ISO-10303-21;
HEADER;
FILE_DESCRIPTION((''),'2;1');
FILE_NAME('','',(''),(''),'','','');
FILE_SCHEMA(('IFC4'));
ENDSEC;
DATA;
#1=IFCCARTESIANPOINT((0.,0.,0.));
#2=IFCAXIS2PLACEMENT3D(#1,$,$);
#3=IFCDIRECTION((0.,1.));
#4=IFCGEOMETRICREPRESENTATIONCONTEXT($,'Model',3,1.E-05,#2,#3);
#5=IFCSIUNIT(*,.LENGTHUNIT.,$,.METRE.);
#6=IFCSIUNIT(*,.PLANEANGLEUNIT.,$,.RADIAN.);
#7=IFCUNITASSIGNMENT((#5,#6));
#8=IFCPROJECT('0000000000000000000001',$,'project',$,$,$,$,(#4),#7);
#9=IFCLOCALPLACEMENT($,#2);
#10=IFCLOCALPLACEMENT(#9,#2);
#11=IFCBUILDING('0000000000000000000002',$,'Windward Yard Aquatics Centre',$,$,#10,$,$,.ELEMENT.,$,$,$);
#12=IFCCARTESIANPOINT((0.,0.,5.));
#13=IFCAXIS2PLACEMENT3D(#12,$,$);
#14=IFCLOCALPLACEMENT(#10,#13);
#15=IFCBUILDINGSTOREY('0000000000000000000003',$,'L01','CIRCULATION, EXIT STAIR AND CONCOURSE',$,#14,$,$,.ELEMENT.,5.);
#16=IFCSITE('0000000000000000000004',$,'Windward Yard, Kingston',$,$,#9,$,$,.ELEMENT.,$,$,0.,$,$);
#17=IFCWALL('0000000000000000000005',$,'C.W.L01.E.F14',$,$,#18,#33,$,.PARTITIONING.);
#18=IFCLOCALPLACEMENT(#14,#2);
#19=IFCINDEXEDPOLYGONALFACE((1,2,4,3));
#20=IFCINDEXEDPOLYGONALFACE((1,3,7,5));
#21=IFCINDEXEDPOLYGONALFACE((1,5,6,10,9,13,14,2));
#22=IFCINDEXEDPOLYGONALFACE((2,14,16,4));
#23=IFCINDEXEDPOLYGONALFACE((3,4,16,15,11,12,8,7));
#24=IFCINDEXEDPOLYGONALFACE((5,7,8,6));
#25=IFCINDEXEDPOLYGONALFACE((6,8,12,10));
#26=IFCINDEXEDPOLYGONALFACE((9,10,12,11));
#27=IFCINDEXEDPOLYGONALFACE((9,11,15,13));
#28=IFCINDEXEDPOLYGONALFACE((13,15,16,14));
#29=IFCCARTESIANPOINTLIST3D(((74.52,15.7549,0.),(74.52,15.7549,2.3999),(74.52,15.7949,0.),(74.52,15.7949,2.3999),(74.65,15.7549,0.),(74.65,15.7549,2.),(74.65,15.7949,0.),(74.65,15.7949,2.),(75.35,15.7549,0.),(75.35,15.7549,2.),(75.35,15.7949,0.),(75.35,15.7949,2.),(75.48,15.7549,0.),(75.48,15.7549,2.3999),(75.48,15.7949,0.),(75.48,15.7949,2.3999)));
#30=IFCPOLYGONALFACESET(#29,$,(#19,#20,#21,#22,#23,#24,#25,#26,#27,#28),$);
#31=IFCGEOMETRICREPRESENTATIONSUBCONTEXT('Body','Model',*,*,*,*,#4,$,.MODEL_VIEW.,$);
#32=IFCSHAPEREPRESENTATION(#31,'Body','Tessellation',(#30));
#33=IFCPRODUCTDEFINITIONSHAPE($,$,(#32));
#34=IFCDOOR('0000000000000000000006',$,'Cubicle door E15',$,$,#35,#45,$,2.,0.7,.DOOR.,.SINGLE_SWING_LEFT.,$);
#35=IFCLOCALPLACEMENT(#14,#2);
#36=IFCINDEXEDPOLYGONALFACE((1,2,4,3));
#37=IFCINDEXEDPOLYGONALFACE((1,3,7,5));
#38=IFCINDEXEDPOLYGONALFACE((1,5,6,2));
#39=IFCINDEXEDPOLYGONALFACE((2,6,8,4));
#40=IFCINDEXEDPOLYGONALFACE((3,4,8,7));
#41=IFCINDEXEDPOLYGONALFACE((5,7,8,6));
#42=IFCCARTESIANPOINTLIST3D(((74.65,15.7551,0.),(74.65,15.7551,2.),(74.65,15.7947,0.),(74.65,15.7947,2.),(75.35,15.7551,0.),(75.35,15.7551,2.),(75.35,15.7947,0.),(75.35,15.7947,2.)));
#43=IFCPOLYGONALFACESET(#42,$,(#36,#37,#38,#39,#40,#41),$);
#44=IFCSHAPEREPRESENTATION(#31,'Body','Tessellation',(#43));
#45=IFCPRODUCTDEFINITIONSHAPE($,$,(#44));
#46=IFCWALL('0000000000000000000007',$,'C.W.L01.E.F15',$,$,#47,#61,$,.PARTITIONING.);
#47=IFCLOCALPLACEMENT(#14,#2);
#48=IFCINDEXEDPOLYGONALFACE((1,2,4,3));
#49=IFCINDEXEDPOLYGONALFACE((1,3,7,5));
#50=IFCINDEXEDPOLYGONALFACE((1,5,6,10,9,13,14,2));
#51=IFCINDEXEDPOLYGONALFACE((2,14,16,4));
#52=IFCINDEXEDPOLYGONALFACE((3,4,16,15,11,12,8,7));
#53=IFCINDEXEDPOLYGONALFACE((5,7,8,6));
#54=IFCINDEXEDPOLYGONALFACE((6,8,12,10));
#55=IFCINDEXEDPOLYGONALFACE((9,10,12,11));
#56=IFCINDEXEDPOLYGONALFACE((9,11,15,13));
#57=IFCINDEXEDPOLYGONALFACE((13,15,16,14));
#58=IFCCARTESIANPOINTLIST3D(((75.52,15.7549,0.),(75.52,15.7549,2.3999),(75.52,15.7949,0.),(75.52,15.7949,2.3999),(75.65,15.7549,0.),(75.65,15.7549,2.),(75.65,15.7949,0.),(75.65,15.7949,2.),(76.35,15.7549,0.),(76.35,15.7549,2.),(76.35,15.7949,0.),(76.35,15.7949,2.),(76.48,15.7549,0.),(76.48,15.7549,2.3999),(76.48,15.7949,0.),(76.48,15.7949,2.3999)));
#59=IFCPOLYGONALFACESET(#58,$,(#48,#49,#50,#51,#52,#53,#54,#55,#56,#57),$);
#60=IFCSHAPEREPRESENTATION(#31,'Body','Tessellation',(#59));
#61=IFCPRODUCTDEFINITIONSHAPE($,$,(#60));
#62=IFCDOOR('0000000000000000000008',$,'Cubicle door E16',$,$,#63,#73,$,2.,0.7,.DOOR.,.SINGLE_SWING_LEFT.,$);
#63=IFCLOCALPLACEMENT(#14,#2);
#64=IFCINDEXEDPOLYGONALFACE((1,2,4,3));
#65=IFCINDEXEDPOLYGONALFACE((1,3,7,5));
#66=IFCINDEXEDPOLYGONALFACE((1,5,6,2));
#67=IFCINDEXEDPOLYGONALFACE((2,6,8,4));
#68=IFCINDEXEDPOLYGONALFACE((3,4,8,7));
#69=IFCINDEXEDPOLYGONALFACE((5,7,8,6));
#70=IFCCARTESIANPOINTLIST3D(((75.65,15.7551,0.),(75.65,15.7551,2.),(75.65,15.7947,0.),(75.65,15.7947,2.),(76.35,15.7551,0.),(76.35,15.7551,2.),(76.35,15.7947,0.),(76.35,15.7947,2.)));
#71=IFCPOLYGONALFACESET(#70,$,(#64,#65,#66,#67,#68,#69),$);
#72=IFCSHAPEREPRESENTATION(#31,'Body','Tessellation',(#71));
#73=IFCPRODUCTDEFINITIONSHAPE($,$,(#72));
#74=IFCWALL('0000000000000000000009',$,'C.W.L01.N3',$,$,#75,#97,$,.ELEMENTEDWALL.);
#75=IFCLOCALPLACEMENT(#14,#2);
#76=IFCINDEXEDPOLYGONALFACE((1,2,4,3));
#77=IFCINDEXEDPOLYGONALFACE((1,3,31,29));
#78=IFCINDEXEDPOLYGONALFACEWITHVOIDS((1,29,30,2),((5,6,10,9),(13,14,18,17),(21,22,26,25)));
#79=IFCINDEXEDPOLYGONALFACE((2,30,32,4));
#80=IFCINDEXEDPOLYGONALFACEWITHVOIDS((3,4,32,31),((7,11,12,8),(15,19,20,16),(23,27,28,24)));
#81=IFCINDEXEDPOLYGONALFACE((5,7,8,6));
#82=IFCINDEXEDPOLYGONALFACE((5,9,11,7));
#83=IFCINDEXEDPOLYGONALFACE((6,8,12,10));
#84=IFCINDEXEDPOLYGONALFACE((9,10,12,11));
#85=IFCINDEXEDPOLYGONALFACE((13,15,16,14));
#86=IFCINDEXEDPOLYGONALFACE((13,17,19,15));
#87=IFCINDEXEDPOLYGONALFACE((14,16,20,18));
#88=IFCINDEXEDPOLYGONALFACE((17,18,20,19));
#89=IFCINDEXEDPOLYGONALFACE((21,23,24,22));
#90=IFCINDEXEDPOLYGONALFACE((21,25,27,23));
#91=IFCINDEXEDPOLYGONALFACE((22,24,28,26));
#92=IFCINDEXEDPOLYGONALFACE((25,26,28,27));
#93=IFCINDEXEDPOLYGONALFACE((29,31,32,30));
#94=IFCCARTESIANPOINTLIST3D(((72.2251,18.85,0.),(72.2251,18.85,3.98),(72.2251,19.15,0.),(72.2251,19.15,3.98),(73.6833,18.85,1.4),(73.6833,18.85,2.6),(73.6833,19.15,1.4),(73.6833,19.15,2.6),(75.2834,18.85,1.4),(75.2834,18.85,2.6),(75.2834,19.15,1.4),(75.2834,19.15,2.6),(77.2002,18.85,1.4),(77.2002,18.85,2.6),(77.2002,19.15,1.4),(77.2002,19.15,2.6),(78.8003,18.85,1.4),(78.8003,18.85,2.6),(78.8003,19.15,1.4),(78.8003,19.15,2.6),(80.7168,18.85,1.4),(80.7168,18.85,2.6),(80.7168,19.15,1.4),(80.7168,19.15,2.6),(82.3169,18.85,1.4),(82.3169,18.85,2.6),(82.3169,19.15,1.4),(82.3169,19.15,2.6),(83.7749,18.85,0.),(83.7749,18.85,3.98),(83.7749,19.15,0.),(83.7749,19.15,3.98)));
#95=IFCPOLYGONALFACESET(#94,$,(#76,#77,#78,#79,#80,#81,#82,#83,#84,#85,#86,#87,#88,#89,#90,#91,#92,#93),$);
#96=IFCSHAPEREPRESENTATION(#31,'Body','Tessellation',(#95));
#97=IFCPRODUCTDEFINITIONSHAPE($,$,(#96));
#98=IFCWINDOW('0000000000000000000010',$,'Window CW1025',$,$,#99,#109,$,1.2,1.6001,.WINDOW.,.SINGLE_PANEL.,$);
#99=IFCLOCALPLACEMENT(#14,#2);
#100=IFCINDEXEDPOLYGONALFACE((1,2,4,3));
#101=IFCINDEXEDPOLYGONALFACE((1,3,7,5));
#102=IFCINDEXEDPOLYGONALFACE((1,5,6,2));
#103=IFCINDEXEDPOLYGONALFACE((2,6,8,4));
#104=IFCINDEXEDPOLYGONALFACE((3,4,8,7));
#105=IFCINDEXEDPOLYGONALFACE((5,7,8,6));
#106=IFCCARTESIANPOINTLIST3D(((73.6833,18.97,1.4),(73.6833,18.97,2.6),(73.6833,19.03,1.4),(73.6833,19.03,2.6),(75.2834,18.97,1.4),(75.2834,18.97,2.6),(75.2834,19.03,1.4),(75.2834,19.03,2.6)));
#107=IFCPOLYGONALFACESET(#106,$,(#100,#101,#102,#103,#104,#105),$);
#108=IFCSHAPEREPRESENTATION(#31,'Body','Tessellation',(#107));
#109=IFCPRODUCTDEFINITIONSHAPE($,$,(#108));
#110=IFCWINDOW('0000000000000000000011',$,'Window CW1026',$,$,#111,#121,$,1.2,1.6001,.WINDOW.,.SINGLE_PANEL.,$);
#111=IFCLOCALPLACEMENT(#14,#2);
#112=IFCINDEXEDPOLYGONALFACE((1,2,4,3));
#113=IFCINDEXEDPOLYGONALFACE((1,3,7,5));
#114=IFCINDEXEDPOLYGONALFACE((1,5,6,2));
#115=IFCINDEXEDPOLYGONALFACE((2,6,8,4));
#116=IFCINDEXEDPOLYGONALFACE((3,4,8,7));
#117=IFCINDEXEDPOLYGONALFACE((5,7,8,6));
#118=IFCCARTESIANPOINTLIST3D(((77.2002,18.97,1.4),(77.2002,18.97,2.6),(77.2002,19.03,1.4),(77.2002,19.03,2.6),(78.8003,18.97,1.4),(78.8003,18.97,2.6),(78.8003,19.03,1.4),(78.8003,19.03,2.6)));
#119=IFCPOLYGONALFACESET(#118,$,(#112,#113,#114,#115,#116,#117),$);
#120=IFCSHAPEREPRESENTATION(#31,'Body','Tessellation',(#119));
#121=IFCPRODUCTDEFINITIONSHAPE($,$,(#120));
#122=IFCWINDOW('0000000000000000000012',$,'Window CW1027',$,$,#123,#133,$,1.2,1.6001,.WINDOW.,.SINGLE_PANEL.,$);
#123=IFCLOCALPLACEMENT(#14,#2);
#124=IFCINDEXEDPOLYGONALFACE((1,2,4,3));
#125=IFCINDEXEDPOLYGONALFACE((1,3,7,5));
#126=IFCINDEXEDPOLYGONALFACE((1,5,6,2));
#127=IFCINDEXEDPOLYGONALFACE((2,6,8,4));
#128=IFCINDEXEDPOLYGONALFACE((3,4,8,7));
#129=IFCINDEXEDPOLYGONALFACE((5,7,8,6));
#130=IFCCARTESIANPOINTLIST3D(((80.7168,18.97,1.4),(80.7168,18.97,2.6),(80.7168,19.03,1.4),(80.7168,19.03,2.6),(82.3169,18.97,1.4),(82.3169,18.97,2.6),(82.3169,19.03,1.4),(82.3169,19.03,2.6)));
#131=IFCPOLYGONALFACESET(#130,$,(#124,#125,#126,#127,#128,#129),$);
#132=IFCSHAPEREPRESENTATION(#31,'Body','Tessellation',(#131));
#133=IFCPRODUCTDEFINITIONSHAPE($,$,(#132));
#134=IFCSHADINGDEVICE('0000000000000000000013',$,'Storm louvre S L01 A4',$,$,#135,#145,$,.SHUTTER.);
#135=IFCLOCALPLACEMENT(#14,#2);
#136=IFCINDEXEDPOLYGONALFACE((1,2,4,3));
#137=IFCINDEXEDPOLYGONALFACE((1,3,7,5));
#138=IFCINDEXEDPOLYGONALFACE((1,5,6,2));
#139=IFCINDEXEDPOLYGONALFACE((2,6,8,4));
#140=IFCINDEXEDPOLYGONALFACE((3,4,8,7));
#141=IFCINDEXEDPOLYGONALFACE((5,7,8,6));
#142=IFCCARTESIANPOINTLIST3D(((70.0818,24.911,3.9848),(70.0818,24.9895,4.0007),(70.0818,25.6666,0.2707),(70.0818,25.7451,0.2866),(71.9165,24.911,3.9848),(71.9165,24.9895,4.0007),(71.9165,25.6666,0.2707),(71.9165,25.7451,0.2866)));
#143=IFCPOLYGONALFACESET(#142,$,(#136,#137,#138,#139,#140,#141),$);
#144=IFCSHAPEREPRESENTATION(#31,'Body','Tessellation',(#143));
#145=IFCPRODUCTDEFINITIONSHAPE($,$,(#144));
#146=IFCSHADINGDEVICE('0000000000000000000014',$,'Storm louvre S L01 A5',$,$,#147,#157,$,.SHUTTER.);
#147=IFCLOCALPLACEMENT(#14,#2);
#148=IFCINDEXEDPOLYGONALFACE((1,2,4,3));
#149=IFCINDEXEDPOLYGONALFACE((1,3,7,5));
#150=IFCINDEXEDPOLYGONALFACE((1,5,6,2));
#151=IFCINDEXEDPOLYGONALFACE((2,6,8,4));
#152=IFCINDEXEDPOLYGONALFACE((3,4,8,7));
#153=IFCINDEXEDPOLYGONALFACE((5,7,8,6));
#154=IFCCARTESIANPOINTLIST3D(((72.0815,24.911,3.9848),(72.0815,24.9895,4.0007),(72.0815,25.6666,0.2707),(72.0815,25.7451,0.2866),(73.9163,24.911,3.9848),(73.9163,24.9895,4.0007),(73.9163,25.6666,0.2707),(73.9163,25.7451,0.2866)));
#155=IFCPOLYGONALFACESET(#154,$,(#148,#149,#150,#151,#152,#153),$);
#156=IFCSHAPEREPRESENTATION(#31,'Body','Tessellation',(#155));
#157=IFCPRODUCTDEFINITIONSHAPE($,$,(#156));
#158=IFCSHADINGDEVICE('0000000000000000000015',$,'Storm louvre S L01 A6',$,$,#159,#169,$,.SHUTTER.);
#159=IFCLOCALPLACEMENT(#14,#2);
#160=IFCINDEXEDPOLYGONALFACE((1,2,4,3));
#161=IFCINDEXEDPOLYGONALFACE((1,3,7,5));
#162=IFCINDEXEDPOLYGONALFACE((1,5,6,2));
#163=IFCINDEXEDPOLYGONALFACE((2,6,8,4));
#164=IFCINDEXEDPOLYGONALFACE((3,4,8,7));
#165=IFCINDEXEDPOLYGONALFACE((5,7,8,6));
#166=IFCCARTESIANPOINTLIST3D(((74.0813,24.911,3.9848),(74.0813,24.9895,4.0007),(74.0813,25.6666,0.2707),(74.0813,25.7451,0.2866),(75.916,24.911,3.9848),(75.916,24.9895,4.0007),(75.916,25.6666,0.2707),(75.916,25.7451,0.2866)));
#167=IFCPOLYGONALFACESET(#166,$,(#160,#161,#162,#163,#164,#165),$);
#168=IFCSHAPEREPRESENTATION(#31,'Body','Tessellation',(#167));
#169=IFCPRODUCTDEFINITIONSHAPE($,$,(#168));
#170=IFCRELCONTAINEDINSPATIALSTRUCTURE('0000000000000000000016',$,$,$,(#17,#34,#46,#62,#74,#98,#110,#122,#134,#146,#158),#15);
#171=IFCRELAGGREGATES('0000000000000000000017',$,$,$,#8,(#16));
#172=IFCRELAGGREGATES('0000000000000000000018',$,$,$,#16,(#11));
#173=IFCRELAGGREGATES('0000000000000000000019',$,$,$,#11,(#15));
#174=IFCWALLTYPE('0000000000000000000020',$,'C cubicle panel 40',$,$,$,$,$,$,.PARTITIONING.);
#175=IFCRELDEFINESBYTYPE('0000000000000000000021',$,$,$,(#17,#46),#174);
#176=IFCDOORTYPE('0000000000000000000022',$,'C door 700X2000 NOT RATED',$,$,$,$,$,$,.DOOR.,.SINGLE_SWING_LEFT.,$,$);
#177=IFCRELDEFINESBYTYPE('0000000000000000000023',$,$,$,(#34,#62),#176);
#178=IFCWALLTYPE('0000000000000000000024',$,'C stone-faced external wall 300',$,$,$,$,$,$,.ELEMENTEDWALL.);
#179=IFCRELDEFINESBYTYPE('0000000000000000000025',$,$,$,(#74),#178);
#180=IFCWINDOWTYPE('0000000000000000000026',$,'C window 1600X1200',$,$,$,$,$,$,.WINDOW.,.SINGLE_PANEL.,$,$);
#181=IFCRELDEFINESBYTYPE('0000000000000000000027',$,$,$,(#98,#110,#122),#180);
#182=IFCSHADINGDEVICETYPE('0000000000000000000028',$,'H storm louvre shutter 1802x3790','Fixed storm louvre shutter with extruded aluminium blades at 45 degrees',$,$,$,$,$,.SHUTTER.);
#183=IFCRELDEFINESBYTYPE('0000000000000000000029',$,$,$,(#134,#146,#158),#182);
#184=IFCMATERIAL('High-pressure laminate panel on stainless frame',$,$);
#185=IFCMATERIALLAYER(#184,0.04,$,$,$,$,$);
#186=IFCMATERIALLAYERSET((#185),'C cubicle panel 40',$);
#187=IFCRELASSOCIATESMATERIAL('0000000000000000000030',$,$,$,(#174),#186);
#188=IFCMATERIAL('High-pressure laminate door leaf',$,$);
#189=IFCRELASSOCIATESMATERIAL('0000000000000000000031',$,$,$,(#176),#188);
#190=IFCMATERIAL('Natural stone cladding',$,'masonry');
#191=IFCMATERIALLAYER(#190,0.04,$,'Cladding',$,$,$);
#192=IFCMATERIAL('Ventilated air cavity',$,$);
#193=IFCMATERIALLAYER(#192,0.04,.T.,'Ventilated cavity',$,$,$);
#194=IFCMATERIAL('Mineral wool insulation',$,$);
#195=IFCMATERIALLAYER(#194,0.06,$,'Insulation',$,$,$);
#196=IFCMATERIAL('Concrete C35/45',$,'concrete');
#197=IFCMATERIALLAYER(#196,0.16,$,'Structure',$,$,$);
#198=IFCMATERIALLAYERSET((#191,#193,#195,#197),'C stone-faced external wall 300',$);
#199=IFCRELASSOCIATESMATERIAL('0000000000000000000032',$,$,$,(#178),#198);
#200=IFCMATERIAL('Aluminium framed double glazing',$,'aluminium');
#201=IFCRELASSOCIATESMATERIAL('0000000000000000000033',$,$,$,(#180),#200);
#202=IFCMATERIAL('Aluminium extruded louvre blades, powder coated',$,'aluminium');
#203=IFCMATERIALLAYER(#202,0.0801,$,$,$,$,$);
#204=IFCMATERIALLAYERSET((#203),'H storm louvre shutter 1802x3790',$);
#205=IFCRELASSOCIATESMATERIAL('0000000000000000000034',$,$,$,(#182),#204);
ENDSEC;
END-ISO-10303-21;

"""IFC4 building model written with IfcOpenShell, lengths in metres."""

from ifc_helpers import new_model, si_unit, direction, frame, frame_2d, origin, place, context, subcontext, project, spatial, polyline, rectangle, outline, extrude, material, layer, layer_set, type_object, element, fill, save


model = new_model("IFC4")

# Units and contexts
model_context = context("Model", 3, precision=1e-05, world=origin(), true_north=direction((0.0, 1.0)))
body_context = subcontext(model_context, "Body", "Model", "MODEL_VIEW")
ifc_project = project(units=[si_unit("LENGTHUNIT", "METRE"), si_unit("PLANEANGLEUNIT", "RADIAN")], contexts=[model_context])

# Site, building, storey
site_placement = place(None, origin())
site = spatial("IfcSite", under=ifc_project, at=site_placement, Name="Windward Yard, Kingston", CompositionType="ELEMENT", RefElevation=0.0)
building_placement = place(site_placement, origin())
building = spatial("IfcBuilding", under=site, at=building_placement, Name="Windward Yard Aquatics Centre", CompositionType="ELEMENT")
storey_placement = place(building_placement, frame((0.0, 0.0, 5.0)))
storey = spatial("IfcBuildingStorey", under=building, at=storey_placement, Name="L01", Description="CIRCULATION, EXIT STAIR AND CONCOURSE", CompositionType="ELEMENT", Elevation=5.0)

# Shared definitions
ifc_material_1 = material(Name="Concrete C35/45", Category="concrete")

# Walls, openings, doors
ifc_material_2 = material(Name="High-pressure laminate panel on stainless frame")
ifc_layer_1 = layer(ifc_material_2, 0.04)
ifc_layer_set_1 = layer_set([ifc_layer_1], Name="C cubicle panel 40")
wall_type_1 = type_object("IfcWallType", Name="C cubicle panel 40", PredefinedType="PARTITIONING", material=ifc_layer_set_1)
ifc_material_3 = material(Name="High-pressure laminate door leaf")
door_type = type_object("IfcDoorType", Name="C door 700X2000 NOT RATED", OperationType="SINGLE_SWING_LEFT", PredefinedType="DOOR", material=ifc_material_3)
wall_1_placement = place(storey_placement, frame((74.52, 15.7749, 0.0), z_axis=(0.0, 0.0, 1.0), x_axis=(1.0, 0.0, 0.0)))
wall_1 = element("IfcWall", 1, at=wall_1_placement, inside=storey, type_object=wall_type_1, Name="C.W.L01.E.F14", PredefinedType="PARTITIONING", context=body_context, shape_type="SweptSolid", body=[
    extrude(rectangle(XDim=0.96, YDim=0.04, at=frame_2d((0.48, 0.0))), origin(), (0.0, 0.0, 1.0), 2.3999),
])
opening_1_placement = place(wall_1_placement, frame((0.1299, 0.0, 0.0)))
opening_1 = element("IfcOpeningElement", 2, at=opening_1_placement, cuts=wall_1, PredefinedType="OPENING", context=body_context, shape_type="SweptSolid", body=[
    extrude(rectangle(XDim=0.7, YDim=2.0, at=frame_2d((0.3501, 1.0))), frame((0.0, 0.03, 0.0), z_axis=(0.0, -1.0, 0.0), x_axis=(1.0, 0.0, 0.0)), (0.0, 0.0, 1.0), 0.0601),
])
door_1_placement = place(opening_1_placement, origin())
door_1 = element("IfcDoor", 3, at=door_1_placement, inside=storey, type_object=door_type, Name="Cubicle door E15", OperationType="SINGLE_SWING_LEFT", OverallHeight=2.0, OverallWidth=0.7, PredefinedType="DOOR", context=body_context, shape_type="SweptSolid", body=[
    extrude(rectangle(XDim=0.7, YDim=2.0, at=frame_2d((0.3501, 1.0))), frame((0.0, 0.0198, 0.0), z_axis=(0.0, -1.0, 0.0), x_axis=(1.0, 0.0, 0.0)), (0.0, 0.0, 1.0), 0.0396),
])
fill(opening_1, door_1)
wall_2_placement = place(storey_placement, frame((75.52, 15.7749, 0.0), z_axis=(0.0, 0.0, 1.0), x_axis=(1.0, 0.0, 0.0)))
wall_2 = element("IfcWall", 4, at=wall_2_placement, inside=storey, type_object=wall_type_1, Name="C.W.L01.E.F15", PredefinedType="PARTITIONING", context=body_context, shape_type="SweptSolid", body=[
    extrude(rectangle(XDim=0.96, YDim=0.04, at=frame_2d((0.48, 0.0))), origin(), (0.0, 0.0, 1.0), 2.3999),
])
opening_2_placement = place(wall_2_placement, frame((0.1299, 0.0, 0.0)))
opening_2 = element("IfcOpeningElement", 5, at=opening_2_placement, cuts=wall_2, PredefinedType="OPENING", context=body_context, shape_type="SweptSolid", body=[
    extrude(rectangle(XDim=0.7, YDim=2.0, at=frame_2d((0.3501, 1.0))), frame((0.0, 0.03, 0.0), z_axis=(0.0, -1.0, 0.0), x_axis=(1.0, 0.0, 0.0)), (0.0, 0.0, 1.0), 0.0601),
])
door_2_placement = place(opening_2_placement, origin())
door_2 = element("IfcDoor", 6, at=door_2_placement, inside=storey, type_object=door_type, Name="Cubicle door E16", OperationType="SINGLE_SWING_LEFT", OverallHeight=2.0, OverallWidth=0.7, PredefinedType="DOOR", context=body_context, shape_type="SweptSolid", body=[
    extrude(rectangle(XDim=0.7, YDim=2.0, at=frame_2d((0.3501, 1.0))), frame((0.0, 0.0198, 0.0), z_axis=(0.0, -1.0, 0.0), x_axis=(1.0, 0.0, 0.0)), (0.0, 0.0, 1.0), 0.0396),
])
fill(opening_2, door_2)

# Wall, openings, windows
ifc_material_4 = material(Name="Natural stone cladding", Category="masonry")
ifc_layer_2 = layer(ifc_material_4, 0.04, Name="Cladding")
ifc_material_5 = material(Name="Ventilated air cavity")
ifc_layer_3 = layer(ifc_material_5, 0.04, ventilated=True, Name="Ventilated cavity")
ifc_material_6 = material(Name="Mineral wool insulation")
ifc_layer_4 = layer(ifc_material_6, 0.06, Name="Insulation")
ifc_layer_5 = layer(ifc_material_1, 0.16, Name="Structure")
ifc_layer_set_2 = layer_set([ifc_layer_2, ifc_layer_3, ifc_layer_4, ifc_layer_5], Name="C stone-faced external wall 300")
wall_type_2 = type_object("IfcWallType", Name="C stone-faced external wall 300", PredefinedType="ELEMENTEDWALL", material=ifc_layer_set_2)
wall_3_placement = place(storey_placement, frame((72.2251, 19.0, 0.0), z_axis=(0.0, 0.0, 1.0), x_axis=(1.0, 0.0, 0.0)))
wall_3 = element("IfcWall", 7, at=wall_3_placement, inside=storey, type_object=wall_type_2, Name="C.W.L01.N3", PredefinedType="ELEMENTEDWALL", context=body_context, shape_type="SweptSolid", body=[
    extrude(rectangle(XDim=11.5498, YDim=0.3, at=frame_2d((5.7749, 0.0))), origin(), (0.0, 0.0, 1.0), 3.98),
])
opening_3_placement = place(wall_3_placement, frame((1.4583, 0.0, 1.3999)))
opening_3 = element("IfcOpeningElement", 8, at=opening_3_placement, cuts=wall_3, PredefinedType="OPENING", context=body_context, shape_type="SweptSolid", body=[
    extrude(rectangle(XDim=1.6001, YDim=1.2, at=frame_2d((0.8, 0.6001))), frame((0.0, 0.1602, 0.0), z_axis=(0.0, -1.0, 0.0), x_axis=(1.0, 0.0, 0.0)), (0.0, 0.0, 1.0), 0.3201),
])
opening_4_placement = place(wall_3_placement, frame((4.9751, 0.0, 1.3999)))
opening_4 = element("IfcOpeningElement", 9, at=opening_4_placement, cuts=wall_3, PredefinedType="OPENING", context=body_context, shape_type="SweptSolid", body=[
    extrude(rectangle(XDim=1.6001, YDim=1.2, at=frame_2d((0.8, 0.6001))), frame((0.0, 0.1602, 0.0), z_axis=(0.0, -1.0, 0.0), x_axis=(1.0, 0.0, 0.0)), (0.0, 0.0, 1.0), 0.3201),
])
opening_5_placement = place(wall_3_placement, frame((8.4917, 0.0, 1.3999)))
opening_5 = element("IfcOpeningElement", 10, at=opening_5_placement, cuts=wall_3, PredefinedType="OPENING", context=body_context, shape_type="SweptSolid", body=[
    extrude(rectangle(XDim=1.6001, YDim=1.2, at=frame_2d((0.8, 0.6001))), frame((0.0, 0.1602, 0.0), z_axis=(0.0, -1.0, 0.0), x_axis=(1.0, 0.0, 0.0)), (0.0, 0.0, 1.0), 0.3201),
])
ifc_material_7 = material(Name="Aluminium framed double glazing", Category="aluminium")
window_type = type_object("IfcWindowType", Name="C window 1600X1200", PartitioningType="SINGLE_PANEL", PredefinedType="WINDOW", material=ifc_material_7)
window_1_placement = place(opening_3_placement, origin())
window_1 = element("IfcWindow", 11, at=window_1_placement, inside=storey, type_object=window_type, Name="Window CW1025", OverallHeight=1.2, OverallWidth=1.6001, PartitioningType="SINGLE_PANEL", PredefinedType="WINDOW", context=body_context, shape_type="SweptSolid", body=[
    extrude(rectangle(XDim=1.6001, YDim=1.2, at=frame_2d((0.8, 0.6001))), frame((0.0, 0.03, 0.0), z_axis=(0.0, -1.0, 0.0), x_axis=(1.0, 0.0, 0.0)), (0.0, 0.0, 1.0), 0.0601),
])
fill(opening_3, window_1)
window_2_placement = place(opening_4_placement, origin())
window_2 = element("IfcWindow", 12, at=window_2_placement, inside=storey, type_object=window_type, Name="Window CW1026", OverallHeight=1.2, OverallWidth=1.6001, PartitioningType="SINGLE_PANEL", PredefinedType="WINDOW", context=body_context, shape_type="SweptSolid", body=[
    extrude(rectangle(XDim=1.6001, YDim=1.2, at=frame_2d((0.8, 0.6001))), frame((0.0, 0.03, 0.0), z_axis=(0.0, -1.0, 0.0), x_axis=(1.0, 0.0, 0.0)), (0.0, 0.0, 1.0), 0.0601),
])
fill(opening_4, window_2)
window_3_placement = place(opening_5_placement, origin())
window_3 = element("IfcWindow", 13, at=window_3_placement, inside=storey, type_object=window_type, Name="Window CW1027", OverallHeight=1.2, OverallWidth=1.6001, PartitioningType="SINGLE_PANEL", PredefinedType="WINDOW", context=body_context, shape_type="SweptSolid", body=[
    extrude(rectangle(XDim=1.6001, YDim=1.2, at=frame_2d((0.8, 0.6001))), frame((0.0, 0.03, 0.0), z_axis=(0.0, -1.0, 0.0), x_axis=(1.0, 0.0, 0.0)), (0.0, 0.0, 1.0), 0.0601),
])
fill(opening_5, window_3)

# Shading devices
ifc_material_8 = material(Name="Aluminium extruded louvre blades, powder coated", Category="aluminium")
ifc_layer_6 = layer(ifc_material_8, 0.0801)
ifc_layer_set_3 = layer_set([ifc_layer_6], Name="H storm louvre shutter 1802x3790")
shading_device_type = type_object("IfcShadingDeviceType", Name="H storm louvre shutter 1802x3790", Description="Fixed storm louvre shutter with extruded aluminium blades at 45 degrees", PredefinedType="SHUTTER", material=ifc_layer_set_3)
for number, where, z_axis, x_axis, name in (
    (14, (70.0818, 24.9895, 4.0007), (0.0, 0.979926, 0.199361), (0.0, 0.199361, -0.979926), "Storm louvre S L01 A4"),
    (15, (72.0815, 24.9895, 4.0007), (0.0, 0.979926, 0.199361), (0.0, 0.199361, -0.979926), "Storm louvre S L01 A5"),
    (16, (74.0813, 24.9895, 4.0007), (0.0, 0.979926, 0.199361), (0.0, 0.199361, -0.979926), "Storm louvre S L01 A6"),
):
    element("IfcShadingDevice", number, at=place(storey_placement, frame(where, z_axis=z_axis, x_axis=x_axis)), inside=storey, type_object=shading_device_type, Name=name, PredefinedType="SHUTTER", context=body_context, shape_type="SweptSolid", body=[
        extrude(outline(polyline([(0.0, 0.0), (3.7902, 0.0), (3.7902, -1.8347), (0.0, -1.8347), (0.0, 0.0)])), origin(), (0.0, 0.0, -1.0), 0.0801),
    ])

save(model, "model.ifc")
